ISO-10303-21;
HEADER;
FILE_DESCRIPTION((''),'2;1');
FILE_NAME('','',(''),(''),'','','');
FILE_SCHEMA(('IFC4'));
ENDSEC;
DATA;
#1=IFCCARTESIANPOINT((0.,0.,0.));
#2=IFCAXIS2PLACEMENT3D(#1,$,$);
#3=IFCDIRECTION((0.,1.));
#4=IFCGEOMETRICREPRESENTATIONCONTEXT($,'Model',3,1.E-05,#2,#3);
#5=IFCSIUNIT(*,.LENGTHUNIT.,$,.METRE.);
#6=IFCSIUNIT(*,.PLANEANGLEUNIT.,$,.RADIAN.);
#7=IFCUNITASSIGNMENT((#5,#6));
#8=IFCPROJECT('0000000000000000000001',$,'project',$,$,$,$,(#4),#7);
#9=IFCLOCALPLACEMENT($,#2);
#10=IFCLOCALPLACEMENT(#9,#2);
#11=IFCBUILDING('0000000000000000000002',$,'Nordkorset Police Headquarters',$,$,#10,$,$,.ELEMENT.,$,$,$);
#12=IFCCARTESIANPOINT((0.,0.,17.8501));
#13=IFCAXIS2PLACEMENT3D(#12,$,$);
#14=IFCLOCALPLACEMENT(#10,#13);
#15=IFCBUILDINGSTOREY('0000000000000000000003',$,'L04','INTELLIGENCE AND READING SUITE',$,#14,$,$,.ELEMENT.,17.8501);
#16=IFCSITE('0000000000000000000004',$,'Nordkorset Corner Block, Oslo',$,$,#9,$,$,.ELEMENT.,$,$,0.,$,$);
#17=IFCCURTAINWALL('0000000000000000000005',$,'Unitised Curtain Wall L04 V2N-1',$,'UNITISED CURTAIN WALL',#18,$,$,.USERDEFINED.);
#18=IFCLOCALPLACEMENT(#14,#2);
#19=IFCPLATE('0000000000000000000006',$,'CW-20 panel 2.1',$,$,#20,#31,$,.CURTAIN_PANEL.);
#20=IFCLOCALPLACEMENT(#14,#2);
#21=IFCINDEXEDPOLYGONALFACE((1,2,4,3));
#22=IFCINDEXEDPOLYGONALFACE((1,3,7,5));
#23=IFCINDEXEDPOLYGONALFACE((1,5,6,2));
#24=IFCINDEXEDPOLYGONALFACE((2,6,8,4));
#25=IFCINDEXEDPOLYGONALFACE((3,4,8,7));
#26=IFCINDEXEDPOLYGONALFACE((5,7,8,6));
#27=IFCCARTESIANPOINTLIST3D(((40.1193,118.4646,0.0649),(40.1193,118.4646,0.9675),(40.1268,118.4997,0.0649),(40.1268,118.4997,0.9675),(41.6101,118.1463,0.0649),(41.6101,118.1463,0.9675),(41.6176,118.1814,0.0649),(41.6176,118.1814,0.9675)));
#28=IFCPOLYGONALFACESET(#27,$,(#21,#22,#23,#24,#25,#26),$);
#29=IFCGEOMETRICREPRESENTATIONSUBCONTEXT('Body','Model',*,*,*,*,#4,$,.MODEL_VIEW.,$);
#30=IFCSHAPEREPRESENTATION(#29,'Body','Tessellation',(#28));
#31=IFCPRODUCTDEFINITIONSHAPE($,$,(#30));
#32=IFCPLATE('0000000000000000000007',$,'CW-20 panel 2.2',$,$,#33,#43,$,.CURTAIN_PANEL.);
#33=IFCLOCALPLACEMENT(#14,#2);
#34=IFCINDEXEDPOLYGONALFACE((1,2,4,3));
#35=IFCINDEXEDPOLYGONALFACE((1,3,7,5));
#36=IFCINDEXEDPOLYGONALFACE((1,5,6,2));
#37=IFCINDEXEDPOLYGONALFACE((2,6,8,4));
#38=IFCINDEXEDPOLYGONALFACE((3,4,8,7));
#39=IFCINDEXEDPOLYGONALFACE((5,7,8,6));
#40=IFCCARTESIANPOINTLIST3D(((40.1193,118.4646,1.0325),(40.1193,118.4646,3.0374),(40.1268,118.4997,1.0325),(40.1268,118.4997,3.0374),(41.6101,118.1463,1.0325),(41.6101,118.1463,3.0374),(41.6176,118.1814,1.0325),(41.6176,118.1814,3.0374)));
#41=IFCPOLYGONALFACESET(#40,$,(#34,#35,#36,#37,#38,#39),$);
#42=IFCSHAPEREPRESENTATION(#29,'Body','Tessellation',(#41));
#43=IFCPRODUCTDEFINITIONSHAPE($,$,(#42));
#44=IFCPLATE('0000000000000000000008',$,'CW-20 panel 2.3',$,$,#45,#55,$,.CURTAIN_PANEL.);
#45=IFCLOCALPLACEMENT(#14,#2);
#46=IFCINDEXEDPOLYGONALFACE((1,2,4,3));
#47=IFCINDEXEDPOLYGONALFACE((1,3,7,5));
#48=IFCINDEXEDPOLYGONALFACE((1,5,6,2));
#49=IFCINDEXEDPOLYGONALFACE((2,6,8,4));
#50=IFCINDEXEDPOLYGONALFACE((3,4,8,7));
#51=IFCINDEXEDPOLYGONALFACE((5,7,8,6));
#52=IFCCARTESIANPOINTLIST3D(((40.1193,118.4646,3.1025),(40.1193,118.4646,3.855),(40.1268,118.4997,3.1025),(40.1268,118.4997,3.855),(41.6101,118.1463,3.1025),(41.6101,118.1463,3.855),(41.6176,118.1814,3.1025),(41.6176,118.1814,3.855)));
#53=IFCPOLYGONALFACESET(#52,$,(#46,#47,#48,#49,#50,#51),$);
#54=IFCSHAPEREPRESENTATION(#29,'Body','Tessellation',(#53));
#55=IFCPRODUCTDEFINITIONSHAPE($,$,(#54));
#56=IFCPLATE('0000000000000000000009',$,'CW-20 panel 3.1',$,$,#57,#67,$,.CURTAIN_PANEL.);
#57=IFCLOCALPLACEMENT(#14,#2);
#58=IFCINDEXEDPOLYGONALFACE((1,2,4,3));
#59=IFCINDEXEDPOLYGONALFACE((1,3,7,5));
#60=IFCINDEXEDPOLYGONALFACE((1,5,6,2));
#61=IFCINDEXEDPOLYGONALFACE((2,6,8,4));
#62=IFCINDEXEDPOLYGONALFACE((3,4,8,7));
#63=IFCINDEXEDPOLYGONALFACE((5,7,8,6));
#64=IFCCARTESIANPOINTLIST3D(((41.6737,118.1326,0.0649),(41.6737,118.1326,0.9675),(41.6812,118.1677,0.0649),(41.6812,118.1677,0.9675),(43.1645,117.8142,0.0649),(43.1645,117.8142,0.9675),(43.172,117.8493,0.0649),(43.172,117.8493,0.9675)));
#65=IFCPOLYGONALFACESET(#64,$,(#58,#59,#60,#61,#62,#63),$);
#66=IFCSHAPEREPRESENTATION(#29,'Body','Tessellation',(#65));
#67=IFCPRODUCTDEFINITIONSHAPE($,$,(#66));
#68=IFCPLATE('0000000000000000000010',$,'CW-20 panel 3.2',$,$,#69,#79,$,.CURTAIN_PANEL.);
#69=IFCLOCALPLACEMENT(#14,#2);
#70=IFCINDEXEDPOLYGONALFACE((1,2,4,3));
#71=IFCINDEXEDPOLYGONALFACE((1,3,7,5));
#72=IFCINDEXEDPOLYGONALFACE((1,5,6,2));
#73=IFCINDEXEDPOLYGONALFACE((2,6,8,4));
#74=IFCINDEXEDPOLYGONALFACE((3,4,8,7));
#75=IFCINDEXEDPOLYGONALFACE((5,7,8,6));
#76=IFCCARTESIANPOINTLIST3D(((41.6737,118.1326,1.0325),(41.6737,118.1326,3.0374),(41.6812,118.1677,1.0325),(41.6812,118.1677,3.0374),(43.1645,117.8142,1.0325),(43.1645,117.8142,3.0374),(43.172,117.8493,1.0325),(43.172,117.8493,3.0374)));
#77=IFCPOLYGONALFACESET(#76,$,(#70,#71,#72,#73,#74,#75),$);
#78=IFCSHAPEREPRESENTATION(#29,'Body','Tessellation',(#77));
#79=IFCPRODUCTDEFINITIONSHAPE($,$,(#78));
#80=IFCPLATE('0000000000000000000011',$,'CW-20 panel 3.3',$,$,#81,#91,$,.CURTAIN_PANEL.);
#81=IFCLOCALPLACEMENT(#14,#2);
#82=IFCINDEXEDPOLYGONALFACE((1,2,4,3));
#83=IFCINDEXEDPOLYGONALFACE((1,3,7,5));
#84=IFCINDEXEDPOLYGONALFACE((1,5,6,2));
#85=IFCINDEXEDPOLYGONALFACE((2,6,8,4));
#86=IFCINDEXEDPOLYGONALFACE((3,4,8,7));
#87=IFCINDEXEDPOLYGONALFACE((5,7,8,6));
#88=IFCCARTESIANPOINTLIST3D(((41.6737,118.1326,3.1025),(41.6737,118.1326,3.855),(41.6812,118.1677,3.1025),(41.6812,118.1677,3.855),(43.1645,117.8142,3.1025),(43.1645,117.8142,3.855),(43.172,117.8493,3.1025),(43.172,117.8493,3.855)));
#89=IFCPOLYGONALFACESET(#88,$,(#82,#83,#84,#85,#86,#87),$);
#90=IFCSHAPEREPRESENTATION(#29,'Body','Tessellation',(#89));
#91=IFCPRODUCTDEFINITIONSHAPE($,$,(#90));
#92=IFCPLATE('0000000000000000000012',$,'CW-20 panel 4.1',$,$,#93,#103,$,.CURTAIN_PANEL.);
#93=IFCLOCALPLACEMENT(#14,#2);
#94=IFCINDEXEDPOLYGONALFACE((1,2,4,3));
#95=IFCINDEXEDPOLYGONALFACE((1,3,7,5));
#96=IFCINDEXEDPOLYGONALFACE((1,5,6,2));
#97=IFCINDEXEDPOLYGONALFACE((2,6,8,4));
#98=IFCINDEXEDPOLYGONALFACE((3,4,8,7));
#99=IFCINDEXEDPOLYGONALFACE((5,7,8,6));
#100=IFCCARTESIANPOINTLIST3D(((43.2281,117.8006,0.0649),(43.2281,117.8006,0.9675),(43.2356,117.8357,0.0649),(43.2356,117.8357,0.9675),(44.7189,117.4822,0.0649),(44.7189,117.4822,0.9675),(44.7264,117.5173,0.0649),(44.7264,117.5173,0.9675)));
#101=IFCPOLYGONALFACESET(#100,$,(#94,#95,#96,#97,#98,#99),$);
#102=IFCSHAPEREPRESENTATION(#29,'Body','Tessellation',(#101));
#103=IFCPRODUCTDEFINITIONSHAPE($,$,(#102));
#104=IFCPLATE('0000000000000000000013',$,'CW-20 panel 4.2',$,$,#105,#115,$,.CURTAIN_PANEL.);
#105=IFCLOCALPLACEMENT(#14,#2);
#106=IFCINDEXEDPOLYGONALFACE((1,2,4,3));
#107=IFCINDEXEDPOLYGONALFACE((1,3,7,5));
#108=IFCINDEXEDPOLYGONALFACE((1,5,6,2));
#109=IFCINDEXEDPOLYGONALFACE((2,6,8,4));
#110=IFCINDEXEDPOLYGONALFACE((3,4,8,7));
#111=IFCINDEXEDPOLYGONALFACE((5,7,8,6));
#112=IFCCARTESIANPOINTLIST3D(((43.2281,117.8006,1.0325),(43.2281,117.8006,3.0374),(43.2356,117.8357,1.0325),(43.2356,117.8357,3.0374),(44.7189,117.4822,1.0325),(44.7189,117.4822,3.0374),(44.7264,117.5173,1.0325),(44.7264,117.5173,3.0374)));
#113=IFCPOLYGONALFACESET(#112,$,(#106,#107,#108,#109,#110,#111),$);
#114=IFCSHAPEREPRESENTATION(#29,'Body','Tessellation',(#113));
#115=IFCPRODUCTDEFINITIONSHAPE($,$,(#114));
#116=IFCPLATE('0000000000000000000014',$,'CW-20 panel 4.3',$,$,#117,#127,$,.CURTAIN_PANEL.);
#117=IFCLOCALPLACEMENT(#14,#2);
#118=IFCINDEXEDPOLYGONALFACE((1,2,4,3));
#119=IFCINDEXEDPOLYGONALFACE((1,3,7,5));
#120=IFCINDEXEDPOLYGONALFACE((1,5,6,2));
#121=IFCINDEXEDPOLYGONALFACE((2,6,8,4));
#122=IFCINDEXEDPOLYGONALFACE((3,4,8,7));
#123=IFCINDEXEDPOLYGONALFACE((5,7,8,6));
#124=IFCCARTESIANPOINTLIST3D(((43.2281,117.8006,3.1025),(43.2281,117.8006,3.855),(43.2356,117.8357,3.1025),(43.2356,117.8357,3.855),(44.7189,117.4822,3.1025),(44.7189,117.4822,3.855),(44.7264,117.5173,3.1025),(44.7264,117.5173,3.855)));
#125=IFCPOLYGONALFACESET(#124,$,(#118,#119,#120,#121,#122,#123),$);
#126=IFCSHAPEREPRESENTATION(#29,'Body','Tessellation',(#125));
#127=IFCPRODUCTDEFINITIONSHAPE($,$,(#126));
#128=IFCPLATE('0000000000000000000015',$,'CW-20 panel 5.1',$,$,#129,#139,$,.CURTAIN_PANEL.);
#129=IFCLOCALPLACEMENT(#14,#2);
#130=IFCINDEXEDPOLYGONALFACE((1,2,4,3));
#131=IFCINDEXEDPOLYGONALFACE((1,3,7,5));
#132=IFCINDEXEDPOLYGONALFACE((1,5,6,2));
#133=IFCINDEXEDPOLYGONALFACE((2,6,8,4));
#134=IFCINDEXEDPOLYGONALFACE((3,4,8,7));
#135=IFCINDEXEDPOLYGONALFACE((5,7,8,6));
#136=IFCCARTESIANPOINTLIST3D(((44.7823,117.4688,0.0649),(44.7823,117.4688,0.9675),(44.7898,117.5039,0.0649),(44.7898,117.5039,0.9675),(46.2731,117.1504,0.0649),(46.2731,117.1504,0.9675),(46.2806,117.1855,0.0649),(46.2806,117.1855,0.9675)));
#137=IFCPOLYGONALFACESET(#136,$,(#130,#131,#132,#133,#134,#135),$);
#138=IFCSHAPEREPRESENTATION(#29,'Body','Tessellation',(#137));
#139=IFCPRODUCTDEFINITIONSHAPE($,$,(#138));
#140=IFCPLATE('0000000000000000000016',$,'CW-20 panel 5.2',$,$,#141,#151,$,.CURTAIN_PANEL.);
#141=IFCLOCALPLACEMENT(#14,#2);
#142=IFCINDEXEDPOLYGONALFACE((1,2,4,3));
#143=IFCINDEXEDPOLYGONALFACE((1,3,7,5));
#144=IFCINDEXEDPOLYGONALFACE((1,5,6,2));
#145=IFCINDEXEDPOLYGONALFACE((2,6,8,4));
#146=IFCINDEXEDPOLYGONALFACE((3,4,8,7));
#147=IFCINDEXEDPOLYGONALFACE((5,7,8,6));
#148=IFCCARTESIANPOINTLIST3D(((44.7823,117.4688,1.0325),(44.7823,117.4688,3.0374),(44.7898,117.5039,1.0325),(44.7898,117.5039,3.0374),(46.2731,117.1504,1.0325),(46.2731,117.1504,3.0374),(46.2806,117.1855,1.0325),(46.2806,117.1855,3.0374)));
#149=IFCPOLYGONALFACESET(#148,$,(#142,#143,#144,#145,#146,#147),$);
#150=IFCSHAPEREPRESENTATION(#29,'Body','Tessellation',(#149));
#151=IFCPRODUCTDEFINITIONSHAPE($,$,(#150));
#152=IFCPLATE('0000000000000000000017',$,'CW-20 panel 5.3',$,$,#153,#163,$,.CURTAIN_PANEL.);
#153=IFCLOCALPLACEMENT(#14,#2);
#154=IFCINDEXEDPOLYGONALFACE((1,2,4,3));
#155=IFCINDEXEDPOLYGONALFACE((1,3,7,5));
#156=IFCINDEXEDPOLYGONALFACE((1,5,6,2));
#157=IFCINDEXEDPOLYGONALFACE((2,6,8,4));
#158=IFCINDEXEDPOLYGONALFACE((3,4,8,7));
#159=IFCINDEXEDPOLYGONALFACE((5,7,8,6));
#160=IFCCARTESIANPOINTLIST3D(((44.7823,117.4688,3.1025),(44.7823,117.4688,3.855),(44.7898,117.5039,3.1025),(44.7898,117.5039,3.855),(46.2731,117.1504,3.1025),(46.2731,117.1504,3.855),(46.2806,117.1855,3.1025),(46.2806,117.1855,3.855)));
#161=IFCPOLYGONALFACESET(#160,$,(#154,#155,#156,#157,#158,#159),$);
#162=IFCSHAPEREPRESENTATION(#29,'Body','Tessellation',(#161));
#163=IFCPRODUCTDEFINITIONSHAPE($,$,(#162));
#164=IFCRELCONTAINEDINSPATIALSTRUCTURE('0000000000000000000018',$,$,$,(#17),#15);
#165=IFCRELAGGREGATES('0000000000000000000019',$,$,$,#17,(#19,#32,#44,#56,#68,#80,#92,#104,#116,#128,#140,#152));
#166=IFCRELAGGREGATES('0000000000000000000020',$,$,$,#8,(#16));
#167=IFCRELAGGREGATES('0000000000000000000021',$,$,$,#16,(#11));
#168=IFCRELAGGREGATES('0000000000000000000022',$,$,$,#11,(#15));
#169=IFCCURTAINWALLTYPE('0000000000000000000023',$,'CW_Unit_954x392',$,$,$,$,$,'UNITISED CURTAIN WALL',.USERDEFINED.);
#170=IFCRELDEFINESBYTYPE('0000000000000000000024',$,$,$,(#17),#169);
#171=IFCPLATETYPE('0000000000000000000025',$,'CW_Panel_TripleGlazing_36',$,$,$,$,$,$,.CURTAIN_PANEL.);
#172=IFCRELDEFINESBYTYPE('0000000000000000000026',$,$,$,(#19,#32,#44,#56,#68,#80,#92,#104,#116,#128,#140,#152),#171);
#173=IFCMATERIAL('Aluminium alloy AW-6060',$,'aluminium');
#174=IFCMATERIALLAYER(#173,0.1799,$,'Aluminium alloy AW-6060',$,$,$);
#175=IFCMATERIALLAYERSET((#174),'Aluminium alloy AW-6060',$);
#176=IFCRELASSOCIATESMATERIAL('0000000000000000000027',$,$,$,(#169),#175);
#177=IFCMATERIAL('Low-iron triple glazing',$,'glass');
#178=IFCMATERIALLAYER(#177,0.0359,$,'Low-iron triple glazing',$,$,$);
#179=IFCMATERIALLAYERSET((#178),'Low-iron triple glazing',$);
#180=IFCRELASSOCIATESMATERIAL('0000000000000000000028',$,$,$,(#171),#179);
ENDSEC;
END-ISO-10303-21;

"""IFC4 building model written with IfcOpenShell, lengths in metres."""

from ifc_helpers import new_model, si_unit, direction, frame, origin, origin_2d, place, context, subcontext, project, spatial, rectangle, extrude, material, layer, layer_set, type_object, element, aggregate, save


model = new_model("IFC4")

# Units and contexts
model_context = context("Model", 3, precision=1e-05, world=origin(), true_north=direction((0.0, 1.0)))
body_context = subcontext(model_context, "Body", "Model", "MODEL_VIEW")
ifc_project = project(units=[si_unit("LENGTHUNIT", "METRE"), si_unit("PLANEANGLEUNIT", "RADIAN")], contexts=[model_context])

# Site, building, storey
site_placement = place(None, origin())
site = spatial("IfcSite", under=ifc_project, at=site_placement, Name="Nordkorset Corner Block, Oslo", CompositionType="ELEMENT", RefElevation=0.0)
building_placement = place(site_placement, origin())
building = spatial("IfcBuilding", under=site, at=building_placement, Name="Nordkorset Police Headquarters", CompositionType="ELEMENT")
storey_placement = place(building_placement, frame((0.0, 0.0, 17.8501)))
storey = spatial("IfcBuildingStorey", under=building, at=storey_placement, Name="L04", Description="INTELLIGENCE AND READING SUITE", CompositionType="ELEMENT", Elevation=17.8501)

# Curtain wall, plates
ifc_material_1 = material(Name="Aluminium alloy AW-6060", Category="aluminium")
ifc_layer_1 = layer(ifc_material_1, 0.1799, Name="Aluminium alloy AW-6060")
ifc_layer_set_1 = layer_set([ifc_layer_1], Name="Aluminium alloy AW-6060")
curtain_wall_type = type_object("IfcCurtainWallType", Name="CW_Unit_954x392", ElementType="UNITISED CURTAIN WALL", PredefinedType="USERDEFINED", material=ifc_layer_set_1)
curtain_wall_placement = place(storey_placement, origin())
curtain_wall = element("IfcCurtainWall", 1, at=curtain_wall_placement, inside=storey, type_object=curtain_wall_type, Name="Unitised Curtain Wall L04 V2N-1", ObjectType="UNITISED CURTAIN WALL", PredefinedType="USERDEFINED")
ifc_material_2 = material(Name="Low-iron triple glazing", Category="glass")
ifc_layer_2 = layer(ifc_material_2, 0.0359, Name="Low-iron triple glazing")
ifc_layer_set_2 = layer_set([ifc_layer_2], Name="Low-iron triple glazing")
plate_type = type_object("IfcPlateType", Name="CW_Panel_TripleGlazing_36", PredefinedType="CURTAIN_PANEL", material=ifc_layer_set_2)
plate_1_placement = place(storey_placement, frame((40.8684, 118.323, 0.0649), z_axis=(0.0, 0.0, 1.0), x_axis=(0.977951, -0.208833, 0.0)))
plate_1 = element("IfcPlate", 2, at=plate_1_placement, type_object=plate_type, Name="CW-20 panel 2.1", PredefinedType="CURTAIN_PANEL", context=body_context, shape_type="SweptSolid", body=[
    extrude(rectangle(XDim=1.5244, YDim=0.0359, at=origin_2d()), origin(), (0.0, 0.0, 1.0), 0.9026),
])
plate_2_placement = place(storey_placement, frame((40.8684, 118.323, 1.0325), z_axis=(0.0, 0.0, 1.0), x_axis=(0.977951, -0.208833, 0.0)))
plate_2 = element("IfcPlate", 3, at=plate_2_placement, type_object=plate_type, Name="CW-20 panel 2.2", PredefinedType="CURTAIN_PANEL", context=body_context, shape_type="SweptSolid", body=[
    extrude(rectangle(XDim=1.5244, YDim=0.0359, at=origin_2d()), origin(), (0.0, 0.0, 1.0), 2.0049),
])
plate_3_placement = place(storey_placement, frame((40.8684, 118.323, 3.1025), z_axis=(0.0, 0.0, 1.0), x_axis=(0.977951, -0.208833, 0.0)))
plate_3 = element("IfcPlate", 4, at=plate_3_placement, type_object=plate_type, Name="CW-20 panel 2.3", PredefinedType="CURTAIN_PANEL", context=body_context, shape_type="SweptSolid", body=[
    extrude(rectangle(XDim=1.5244, YDim=0.0359, at=origin_2d()), origin(), (0.0, 0.0, 1.0), 0.7524),
])
plate_4_placement = place(storey_placement, frame((42.4229, 117.991, 0.0649), z_axis=(0.0, 0.0, 1.0), x_axis=(0.977951, -0.208833, 0.0)))
plate_4 = element("IfcPlate", 5, at=plate_4_placement, type_object=plate_type, Name="CW-20 panel 3.1", PredefinedType="CURTAIN_PANEL", context=body_context, shape_type="SweptSolid", body=[
    extrude(rectangle(XDim=1.5244, YDim=0.0359, at=origin_2d()), origin(), (0.0, 0.0, 1.0), 0.9026),
])
plate_5_placement = place(storey_placement, frame((42.4229, 117.991, 1.0325), z_axis=(0.0, 0.0, 1.0), x_axis=(0.977951, -0.208833, 0.0)))
plate_5 = element("IfcPlate", 6, at=plate_5_placement, type_object=plate_type, Name="CW-20 panel 3.2", PredefinedType="CURTAIN_PANEL", context=body_context, shape_type="SweptSolid", body=[
    extrude(rectangle(XDim=1.5244, YDim=0.0359, at=origin_2d()), origin(), (0.0, 0.0, 1.0), 2.0049),
])
plate_6_placement = place(storey_placement, frame((42.4229, 117.991, 3.1025), z_axis=(0.0, 0.0, 1.0), x_axis=(0.977951, -0.208833, 0.0)))
plate_6 = element("IfcPlate", 7, at=plate_6_placement, type_object=plate_type, Name="CW-20 panel 3.3", PredefinedType="CURTAIN_PANEL", context=body_context, shape_type="SweptSolid", body=[
    extrude(rectangle(XDim=1.5244, YDim=0.0359, at=origin_2d()), origin(), (0.0, 0.0, 1.0), 0.7524),
])
plate_7_placement = place(storey_placement, frame((43.9773, 117.6589, 0.0649), z_axis=(0.0, 0.0, 1.0), x_axis=(0.977951, -0.208833, 0.0)))
plate_7 = element("IfcPlate", 8, at=plate_7_placement, type_object=plate_type, Name="CW-20 panel 4.1", PredefinedType="CURTAIN_PANEL", context=body_context, shape_type="SweptSolid", body=[
    extrude(rectangle(XDim=1.5244, YDim=0.0359, at=origin_2d()), origin(), (0.0, 0.0, 1.0), 0.9026),
])
plate_8_placement = place(storey_placement, frame((43.9773, 117.6589, 1.0325), z_axis=(0.0, 0.0, 1.0), x_axis=(0.977951, -0.208833, 0.0)))
plate_8 = element("IfcPlate", 9, at=plate_8_placement, type_object=plate_type, Name="CW-20 panel 4.2", PredefinedType="CURTAIN_PANEL", context=body_context, shape_type="SweptSolid", body=[
    extrude(rectangle(XDim=1.5244, YDim=0.0359, at=origin_2d()), origin(), (0.0, 0.0, 1.0), 2.0049),
])
plate_9_placement = place(storey_placement, frame((43.9773, 117.6589, 3.1025), z_axis=(0.0, 0.0, 1.0), x_axis=(0.977951, -0.208833, 0.0)))
plate_9 = element("IfcPlate", 10, at=plate_9_placement, type_object=plate_type, Name="CW-20 panel 4.3", PredefinedType="CURTAIN_PANEL", context=body_context, shape_type="SweptSolid", body=[
    extrude(rectangle(XDim=1.5244, YDim=0.0359, at=origin_2d()), origin(), (0.0, 0.0, 1.0), 0.7524),
])
plate_10_placement = place(storey_placement, frame((45.5315, 117.3271, 0.0649), z_axis=(0.0, 0.0, 1.0), x_axis=(0.977951, -0.208833, 0.0)))
plate_10 = element("IfcPlate", 11, at=plate_10_placement, type_object=plate_type, Name="CW-20 panel 5.1", PredefinedType="CURTAIN_PANEL", context=body_context, shape_type="SweptSolid", body=[
    extrude(rectangle(XDim=1.5244, YDim=0.0359, at=origin_2d()), origin(), (0.0, 0.0, 1.0), 0.9026),
])
plate_11_placement = place(storey_placement, frame((45.5315, 117.3271, 1.0325), z_axis=(0.0, 0.0, 1.0), x_axis=(0.977951, -0.208833, 0.0)))
plate_11 = element("IfcPlate", 12, at=plate_11_placement, type_object=plate_type, Name="CW-20 panel 5.2", PredefinedType="CURTAIN_PANEL", context=body_context, shape_type="SweptSolid", body=[
    extrude(rectangle(XDim=1.5244, YDim=0.0359, at=origin_2d()), origin(), (0.0, 0.0, 1.0), 2.0049),
])
plate_12_placement = place(storey_placement, frame((45.5315, 117.3271, 3.1025), z_axis=(0.0, 0.0, 1.0), x_axis=(0.977951, -0.208833, 0.0)))
plate_12 = element("IfcPlate", 13, at=plate_12_placement, type_object=plate_type, Name="CW-20 panel 5.3", PredefinedType="CURTAIN_PANEL", context=body_context, shape_type="SweptSolid", body=[
    extrude(rectangle(XDim=1.5244, YDim=0.0359, at=origin_2d()), origin(), (0.0, 0.0, 1.0), 0.7524),
])
aggregate(curtain_wall, [plate_1, plate_2, plate_3, plate_4, plate_5, plate_6, plate_7, plate_8, plate_9, plate_10, plate_11, plate_12])

save(model, "model.ifc")
